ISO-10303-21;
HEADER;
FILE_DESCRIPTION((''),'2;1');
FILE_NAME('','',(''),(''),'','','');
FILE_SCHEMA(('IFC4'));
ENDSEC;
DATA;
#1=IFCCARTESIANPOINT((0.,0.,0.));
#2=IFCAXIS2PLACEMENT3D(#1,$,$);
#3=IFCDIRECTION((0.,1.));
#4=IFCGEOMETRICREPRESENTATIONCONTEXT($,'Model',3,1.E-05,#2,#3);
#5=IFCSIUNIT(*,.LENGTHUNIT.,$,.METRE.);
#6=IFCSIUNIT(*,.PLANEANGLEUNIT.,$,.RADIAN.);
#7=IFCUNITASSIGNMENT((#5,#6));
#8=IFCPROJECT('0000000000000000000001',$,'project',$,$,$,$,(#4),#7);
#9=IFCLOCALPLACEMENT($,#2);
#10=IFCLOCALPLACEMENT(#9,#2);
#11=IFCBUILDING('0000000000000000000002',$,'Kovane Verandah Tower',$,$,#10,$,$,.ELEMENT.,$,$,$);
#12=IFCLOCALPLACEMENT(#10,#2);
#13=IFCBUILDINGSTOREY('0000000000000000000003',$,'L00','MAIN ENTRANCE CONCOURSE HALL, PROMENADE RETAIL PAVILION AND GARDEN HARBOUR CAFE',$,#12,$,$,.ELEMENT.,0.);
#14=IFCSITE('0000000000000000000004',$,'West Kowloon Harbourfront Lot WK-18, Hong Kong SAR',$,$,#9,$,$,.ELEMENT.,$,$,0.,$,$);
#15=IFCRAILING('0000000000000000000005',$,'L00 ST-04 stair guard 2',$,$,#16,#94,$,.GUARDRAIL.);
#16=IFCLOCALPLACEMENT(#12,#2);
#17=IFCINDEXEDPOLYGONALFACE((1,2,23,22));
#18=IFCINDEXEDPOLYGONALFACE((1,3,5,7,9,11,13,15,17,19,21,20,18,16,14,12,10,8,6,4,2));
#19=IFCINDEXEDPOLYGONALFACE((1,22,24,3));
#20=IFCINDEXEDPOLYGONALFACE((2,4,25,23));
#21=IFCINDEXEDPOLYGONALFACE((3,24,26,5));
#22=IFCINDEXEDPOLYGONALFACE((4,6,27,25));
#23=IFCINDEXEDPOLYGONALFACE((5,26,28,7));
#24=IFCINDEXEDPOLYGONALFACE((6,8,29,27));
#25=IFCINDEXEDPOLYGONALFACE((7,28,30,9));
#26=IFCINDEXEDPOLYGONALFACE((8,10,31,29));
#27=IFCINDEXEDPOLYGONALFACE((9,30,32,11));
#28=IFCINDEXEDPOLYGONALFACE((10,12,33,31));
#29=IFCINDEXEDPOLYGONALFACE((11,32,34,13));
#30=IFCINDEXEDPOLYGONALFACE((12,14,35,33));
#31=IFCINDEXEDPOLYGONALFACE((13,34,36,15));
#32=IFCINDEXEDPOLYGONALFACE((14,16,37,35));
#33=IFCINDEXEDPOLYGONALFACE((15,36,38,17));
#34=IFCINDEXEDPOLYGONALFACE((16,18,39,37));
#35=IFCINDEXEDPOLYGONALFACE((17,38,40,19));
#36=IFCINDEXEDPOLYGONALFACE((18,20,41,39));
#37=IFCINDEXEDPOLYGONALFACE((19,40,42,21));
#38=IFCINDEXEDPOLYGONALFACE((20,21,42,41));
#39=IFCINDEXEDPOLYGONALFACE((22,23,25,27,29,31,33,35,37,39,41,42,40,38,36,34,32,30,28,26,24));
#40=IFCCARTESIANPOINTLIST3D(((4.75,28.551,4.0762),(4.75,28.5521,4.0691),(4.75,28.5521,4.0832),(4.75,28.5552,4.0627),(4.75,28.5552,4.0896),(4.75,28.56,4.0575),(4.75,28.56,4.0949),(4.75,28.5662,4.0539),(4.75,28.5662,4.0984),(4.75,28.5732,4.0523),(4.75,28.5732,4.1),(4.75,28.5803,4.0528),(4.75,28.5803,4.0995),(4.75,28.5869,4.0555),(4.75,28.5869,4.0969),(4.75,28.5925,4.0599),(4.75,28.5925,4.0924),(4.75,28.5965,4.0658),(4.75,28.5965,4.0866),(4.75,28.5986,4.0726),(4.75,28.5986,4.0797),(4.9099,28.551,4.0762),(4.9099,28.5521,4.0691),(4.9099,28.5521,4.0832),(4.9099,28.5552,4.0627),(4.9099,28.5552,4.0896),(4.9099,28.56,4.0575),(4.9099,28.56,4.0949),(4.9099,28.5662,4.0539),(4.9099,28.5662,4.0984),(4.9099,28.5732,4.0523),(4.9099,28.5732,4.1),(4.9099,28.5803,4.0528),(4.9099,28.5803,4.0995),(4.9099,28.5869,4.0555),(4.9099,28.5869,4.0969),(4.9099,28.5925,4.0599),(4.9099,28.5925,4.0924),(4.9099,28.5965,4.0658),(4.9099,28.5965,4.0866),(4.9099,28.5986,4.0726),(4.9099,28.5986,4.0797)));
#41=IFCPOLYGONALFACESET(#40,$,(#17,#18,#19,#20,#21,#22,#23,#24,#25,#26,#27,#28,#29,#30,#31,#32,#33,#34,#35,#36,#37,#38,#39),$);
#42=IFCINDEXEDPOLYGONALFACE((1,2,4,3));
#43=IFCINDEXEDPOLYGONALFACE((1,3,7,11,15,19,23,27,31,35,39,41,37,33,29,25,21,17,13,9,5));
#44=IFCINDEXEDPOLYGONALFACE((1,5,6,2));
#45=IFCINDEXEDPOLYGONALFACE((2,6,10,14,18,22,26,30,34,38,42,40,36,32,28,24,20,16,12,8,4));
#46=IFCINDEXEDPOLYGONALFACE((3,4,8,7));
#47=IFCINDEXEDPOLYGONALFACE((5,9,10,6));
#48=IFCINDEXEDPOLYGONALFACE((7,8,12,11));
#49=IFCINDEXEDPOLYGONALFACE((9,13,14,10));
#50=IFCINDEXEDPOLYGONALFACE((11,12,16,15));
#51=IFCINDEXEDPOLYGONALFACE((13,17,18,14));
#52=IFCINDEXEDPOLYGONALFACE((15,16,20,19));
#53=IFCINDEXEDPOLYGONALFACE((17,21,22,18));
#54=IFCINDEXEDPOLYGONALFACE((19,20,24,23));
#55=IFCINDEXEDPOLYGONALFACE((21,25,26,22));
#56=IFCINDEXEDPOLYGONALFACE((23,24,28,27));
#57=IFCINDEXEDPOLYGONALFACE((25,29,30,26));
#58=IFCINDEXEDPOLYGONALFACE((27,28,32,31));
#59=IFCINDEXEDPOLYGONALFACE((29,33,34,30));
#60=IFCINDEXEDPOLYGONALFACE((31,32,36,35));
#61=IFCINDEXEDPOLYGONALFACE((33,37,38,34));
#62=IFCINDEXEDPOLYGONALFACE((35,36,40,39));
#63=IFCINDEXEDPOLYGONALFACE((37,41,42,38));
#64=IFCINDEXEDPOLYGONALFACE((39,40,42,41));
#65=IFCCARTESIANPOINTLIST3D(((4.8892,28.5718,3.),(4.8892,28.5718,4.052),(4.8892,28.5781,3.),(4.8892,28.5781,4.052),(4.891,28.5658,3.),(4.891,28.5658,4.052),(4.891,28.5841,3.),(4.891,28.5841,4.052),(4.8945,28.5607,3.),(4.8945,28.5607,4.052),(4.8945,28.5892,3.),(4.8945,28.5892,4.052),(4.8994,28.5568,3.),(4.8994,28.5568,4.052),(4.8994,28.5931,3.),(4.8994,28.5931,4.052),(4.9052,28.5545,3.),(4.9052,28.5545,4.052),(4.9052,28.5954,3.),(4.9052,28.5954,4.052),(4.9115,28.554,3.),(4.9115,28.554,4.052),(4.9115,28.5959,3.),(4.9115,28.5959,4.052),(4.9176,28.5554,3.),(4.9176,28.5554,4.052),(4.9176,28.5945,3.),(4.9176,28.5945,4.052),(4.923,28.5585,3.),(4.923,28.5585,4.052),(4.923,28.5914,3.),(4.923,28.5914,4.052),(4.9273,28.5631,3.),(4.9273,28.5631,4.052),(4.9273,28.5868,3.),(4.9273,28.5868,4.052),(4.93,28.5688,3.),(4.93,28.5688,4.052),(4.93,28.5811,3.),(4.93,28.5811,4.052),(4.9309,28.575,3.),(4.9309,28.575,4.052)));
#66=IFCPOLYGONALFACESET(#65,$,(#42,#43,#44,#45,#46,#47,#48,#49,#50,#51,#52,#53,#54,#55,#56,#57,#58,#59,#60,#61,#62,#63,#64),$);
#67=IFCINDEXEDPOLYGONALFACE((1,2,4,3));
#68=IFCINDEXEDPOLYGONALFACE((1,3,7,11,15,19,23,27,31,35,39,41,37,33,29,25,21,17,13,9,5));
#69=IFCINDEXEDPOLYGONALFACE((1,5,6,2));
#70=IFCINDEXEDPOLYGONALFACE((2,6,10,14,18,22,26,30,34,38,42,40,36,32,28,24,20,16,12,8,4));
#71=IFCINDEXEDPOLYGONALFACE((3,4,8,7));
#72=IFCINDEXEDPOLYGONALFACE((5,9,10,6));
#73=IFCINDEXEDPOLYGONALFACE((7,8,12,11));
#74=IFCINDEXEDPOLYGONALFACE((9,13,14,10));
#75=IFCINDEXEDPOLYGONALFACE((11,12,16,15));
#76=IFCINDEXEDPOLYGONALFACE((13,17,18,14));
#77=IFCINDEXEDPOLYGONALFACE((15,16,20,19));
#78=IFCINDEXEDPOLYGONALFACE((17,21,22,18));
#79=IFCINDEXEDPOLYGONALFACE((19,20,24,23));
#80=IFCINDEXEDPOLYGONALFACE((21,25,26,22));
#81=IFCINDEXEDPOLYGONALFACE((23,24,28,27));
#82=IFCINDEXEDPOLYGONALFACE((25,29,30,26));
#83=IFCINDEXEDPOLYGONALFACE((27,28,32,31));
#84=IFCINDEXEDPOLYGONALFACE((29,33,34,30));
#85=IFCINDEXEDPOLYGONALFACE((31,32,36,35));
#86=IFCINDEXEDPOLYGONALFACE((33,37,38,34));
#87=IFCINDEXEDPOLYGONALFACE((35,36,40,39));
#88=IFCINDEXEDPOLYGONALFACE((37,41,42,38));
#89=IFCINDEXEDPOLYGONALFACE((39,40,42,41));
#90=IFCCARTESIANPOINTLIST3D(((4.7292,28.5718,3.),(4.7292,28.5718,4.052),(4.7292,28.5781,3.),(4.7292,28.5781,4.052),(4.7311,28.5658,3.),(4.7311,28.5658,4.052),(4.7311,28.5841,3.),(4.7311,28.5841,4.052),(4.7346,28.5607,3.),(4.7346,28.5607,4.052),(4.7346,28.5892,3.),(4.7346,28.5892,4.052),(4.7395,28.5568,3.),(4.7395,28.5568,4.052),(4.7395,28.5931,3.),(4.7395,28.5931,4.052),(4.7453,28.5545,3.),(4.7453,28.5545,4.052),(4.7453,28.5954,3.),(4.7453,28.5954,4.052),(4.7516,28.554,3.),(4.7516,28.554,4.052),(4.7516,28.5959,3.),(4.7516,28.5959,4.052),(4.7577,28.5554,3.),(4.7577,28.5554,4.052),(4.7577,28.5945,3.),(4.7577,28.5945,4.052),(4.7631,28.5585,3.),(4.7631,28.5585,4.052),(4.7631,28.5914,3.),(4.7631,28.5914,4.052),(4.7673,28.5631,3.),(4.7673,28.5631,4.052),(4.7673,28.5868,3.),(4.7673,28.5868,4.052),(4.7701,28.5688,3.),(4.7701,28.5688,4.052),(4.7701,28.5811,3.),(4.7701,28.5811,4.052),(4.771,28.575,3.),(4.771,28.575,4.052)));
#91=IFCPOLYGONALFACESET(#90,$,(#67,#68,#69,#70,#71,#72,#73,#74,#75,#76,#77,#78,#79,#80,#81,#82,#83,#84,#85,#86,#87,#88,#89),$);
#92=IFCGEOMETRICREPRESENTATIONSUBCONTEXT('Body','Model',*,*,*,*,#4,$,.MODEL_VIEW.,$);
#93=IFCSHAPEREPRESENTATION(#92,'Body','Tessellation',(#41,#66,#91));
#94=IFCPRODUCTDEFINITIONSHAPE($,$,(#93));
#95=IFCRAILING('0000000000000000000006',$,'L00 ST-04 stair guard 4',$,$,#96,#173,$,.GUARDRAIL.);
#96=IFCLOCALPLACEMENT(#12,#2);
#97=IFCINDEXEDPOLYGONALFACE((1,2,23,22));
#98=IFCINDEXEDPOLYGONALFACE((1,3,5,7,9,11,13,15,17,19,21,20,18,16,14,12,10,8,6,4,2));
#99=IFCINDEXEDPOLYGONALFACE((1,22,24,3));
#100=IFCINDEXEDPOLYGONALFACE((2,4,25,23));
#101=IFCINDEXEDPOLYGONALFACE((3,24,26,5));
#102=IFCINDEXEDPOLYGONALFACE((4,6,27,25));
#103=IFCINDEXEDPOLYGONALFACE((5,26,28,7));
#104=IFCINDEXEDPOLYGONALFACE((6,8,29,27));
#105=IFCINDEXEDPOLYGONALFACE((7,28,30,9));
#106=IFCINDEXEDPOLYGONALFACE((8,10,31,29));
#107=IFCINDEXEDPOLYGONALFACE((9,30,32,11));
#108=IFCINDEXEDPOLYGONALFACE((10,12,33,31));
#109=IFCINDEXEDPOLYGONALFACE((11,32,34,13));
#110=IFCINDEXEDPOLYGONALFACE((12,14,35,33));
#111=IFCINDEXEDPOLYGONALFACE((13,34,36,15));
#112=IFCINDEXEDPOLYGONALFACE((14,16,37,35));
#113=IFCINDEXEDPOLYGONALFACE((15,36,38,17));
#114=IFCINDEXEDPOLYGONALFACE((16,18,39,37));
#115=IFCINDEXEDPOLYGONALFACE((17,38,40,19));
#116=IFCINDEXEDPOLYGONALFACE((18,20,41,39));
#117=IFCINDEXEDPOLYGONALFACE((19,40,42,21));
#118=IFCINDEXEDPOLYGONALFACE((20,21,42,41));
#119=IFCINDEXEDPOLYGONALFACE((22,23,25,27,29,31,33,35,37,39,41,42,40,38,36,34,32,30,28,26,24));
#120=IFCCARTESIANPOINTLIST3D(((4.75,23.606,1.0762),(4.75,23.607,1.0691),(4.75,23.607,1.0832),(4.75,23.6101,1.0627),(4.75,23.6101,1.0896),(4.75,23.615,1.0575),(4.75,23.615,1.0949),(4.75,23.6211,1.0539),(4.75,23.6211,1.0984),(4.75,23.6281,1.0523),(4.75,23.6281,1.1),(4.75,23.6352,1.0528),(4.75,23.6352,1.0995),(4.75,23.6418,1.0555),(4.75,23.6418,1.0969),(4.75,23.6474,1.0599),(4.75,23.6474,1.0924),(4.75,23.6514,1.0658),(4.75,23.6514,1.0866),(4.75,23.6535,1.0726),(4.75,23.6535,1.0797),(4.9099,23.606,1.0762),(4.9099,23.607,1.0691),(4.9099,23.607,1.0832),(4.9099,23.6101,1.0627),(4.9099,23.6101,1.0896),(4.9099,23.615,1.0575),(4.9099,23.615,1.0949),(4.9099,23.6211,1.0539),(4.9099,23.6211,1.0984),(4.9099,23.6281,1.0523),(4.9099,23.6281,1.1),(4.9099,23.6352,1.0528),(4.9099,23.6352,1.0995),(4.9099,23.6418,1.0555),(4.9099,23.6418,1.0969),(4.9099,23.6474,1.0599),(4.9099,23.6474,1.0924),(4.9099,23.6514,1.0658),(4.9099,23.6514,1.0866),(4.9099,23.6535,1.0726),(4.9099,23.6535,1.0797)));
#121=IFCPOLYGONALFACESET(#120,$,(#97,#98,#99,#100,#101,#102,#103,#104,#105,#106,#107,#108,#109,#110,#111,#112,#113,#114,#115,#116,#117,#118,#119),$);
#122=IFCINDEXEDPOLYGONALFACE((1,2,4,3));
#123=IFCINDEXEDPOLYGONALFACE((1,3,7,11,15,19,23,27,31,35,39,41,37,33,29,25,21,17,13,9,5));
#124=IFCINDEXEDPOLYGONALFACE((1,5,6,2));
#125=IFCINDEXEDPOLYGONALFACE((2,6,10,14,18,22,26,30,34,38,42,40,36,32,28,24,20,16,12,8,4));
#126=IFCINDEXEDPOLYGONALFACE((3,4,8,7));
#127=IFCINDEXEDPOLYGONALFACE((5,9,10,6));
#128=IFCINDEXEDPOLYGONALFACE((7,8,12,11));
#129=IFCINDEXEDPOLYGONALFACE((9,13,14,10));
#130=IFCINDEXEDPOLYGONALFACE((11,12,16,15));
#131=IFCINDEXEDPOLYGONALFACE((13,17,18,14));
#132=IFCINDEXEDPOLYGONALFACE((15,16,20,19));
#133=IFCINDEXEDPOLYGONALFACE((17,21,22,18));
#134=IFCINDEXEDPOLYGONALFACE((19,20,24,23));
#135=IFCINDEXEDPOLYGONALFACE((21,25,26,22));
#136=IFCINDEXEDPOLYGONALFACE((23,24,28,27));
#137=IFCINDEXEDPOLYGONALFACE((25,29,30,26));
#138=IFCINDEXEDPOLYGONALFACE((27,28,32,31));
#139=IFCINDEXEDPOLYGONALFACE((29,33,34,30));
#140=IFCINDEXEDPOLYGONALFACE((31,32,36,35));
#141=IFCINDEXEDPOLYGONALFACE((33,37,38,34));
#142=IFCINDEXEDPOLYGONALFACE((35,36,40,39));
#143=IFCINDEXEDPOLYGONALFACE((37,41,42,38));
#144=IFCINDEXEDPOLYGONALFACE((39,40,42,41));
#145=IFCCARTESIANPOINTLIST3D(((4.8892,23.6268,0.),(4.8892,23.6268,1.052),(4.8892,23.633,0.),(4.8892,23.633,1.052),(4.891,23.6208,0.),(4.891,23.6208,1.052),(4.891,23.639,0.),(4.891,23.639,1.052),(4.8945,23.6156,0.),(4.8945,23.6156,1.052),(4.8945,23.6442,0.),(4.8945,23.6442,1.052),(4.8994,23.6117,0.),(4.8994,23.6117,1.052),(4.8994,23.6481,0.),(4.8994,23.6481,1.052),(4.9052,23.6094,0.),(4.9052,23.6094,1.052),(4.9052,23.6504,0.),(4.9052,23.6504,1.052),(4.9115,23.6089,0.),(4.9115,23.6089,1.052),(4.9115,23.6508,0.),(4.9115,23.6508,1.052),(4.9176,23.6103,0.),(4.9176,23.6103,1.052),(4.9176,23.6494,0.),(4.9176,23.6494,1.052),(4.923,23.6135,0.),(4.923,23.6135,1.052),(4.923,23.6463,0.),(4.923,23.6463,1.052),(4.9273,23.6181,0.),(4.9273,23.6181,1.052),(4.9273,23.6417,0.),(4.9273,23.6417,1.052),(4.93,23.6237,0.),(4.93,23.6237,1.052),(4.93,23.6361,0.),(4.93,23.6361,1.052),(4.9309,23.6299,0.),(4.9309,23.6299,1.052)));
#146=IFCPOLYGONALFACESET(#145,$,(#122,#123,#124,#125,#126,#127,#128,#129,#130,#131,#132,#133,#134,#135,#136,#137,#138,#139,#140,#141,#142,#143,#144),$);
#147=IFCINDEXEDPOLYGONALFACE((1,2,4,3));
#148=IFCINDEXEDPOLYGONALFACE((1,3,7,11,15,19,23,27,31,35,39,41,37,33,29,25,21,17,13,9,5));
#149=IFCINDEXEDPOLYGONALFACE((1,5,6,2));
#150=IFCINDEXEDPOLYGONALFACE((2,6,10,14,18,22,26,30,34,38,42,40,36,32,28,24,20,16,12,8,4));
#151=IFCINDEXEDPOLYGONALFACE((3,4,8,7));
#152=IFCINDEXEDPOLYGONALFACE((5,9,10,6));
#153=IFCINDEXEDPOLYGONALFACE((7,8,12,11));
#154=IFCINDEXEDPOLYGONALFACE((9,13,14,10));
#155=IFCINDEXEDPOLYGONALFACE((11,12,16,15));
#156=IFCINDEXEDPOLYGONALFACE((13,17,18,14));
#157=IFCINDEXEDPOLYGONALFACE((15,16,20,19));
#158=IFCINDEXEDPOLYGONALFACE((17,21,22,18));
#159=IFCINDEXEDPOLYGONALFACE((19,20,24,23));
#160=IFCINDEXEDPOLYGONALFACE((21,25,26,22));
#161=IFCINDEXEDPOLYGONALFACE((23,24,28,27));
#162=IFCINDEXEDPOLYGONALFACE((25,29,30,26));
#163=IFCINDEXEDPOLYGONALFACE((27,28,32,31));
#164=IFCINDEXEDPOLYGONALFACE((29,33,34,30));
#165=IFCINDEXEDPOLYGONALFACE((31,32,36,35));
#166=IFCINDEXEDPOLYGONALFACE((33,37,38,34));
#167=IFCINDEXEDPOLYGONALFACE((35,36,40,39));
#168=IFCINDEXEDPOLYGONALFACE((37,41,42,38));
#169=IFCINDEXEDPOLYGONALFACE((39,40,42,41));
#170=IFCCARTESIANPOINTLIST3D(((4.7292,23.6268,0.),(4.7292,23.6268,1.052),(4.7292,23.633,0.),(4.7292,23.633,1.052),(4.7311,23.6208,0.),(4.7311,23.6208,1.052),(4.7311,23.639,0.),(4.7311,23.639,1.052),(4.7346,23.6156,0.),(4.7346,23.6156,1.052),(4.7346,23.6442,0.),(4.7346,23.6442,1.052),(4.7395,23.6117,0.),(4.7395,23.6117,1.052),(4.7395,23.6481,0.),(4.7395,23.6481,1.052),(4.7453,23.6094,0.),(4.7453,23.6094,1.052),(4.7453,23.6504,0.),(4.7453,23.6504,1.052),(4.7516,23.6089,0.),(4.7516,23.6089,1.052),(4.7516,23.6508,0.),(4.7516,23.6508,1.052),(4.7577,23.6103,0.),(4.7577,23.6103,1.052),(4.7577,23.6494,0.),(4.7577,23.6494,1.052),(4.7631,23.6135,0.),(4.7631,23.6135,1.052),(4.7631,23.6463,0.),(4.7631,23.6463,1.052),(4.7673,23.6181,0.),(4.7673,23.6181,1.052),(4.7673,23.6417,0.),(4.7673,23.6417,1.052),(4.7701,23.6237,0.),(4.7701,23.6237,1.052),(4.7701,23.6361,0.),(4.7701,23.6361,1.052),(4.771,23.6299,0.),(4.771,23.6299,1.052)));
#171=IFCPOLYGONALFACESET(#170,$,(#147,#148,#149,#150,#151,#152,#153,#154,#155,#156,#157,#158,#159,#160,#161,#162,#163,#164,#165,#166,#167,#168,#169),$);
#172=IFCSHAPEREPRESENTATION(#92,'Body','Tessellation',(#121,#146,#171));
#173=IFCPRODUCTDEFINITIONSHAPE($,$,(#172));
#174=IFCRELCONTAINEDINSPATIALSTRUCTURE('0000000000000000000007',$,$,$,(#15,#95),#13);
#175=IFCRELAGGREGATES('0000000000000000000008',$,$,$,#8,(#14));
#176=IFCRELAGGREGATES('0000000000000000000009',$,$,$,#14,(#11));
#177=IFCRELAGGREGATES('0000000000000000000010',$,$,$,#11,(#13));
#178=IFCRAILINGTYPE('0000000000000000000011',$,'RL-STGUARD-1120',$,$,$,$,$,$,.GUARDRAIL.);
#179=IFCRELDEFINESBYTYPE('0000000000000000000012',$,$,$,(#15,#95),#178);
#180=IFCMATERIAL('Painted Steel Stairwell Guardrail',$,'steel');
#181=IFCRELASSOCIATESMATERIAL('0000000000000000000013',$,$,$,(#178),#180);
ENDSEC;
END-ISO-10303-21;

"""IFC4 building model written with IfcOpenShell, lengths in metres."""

from ifc_helpers import new_model, si_unit, direction, frame, origin, origin_2d, place, context, subcontext, project, spatial, circle, extrude, material, type_object, element, save


model = new_model("IFC4")

# Units and contexts
model_context = context("Model", 3, precision=1e-05, world=origin(), true_north=direction((0.0, 1.0)))
body_context = subcontext(model_context, "Body", "Model", "MODEL_VIEW")
ifc_project = project(units=[si_unit("LENGTHUNIT", "METRE"), si_unit("PLANEANGLEUNIT", "RADIAN")], contexts=[model_context])

# Site, building, storey
site_placement = place(None, origin())
site = spatial("IfcSite", under=ifc_project, at=site_placement, Name="West Kowloon Harbourfront Lot WK-18, Hong Kong SAR", CompositionType="ELEMENT", RefElevation=0.0)
building_placement = place(site_placement, origin())
building = spatial("IfcBuilding", under=site, at=building_placement, Name="Kovane Verandah Tower", CompositionType="ELEMENT")
storey_placement = place(building_placement, origin())
storey = spatial("IfcBuildingStorey", under=building, at=storey_placement, Name="L00", Description="MAIN ENTRANCE CONCOURSE HALL, PROMENADE RETAIL PAVILION AND GARDEN HARBOUR CAFE", CompositionType="ELEMENT", Elevation=0.0)

# Railings
ifc_material_1 = material(Name="Painted Steel Stairwell Guardrail", Category="steel")
railing_type_1 = type_object("IfcRailingType", Name="RL-STGUARD-1120", PredefinedType="GUARDRAIL", material=ifc_material_1)
railing_1_placement = place(storey_placement, frame((4.9099, 28.575, 3.0)))
element("IfcRailing", 1, at=railing_1_placement, inside=storey, type_object=railing_type_1, Name="L00 ST-04 stair guard 2", PredefinedType="GUARDRAIL", context=body_context, shape_type="SweptSolid", body=[
    extrude(circle(Radius=0.0239, at=origin_2d()), frame((0.0, 0.0, 1.0762), z_axis=(-1.0, 0.0, 0.0), x_axis=(0.0, -1.0, 0.0)), (0.0, 0.0, 1.0), 0.1599),
    extrude(circle(Radius=0.021, at=origin_2d()), origin(), (0.0, 0.0, 1.0), 1.052),
    extrude(circle(Radius=0.021, at=origin_2d()), frame((-0.1599, 0.0, 0.0)), (0.0, 0.0, 1.0), 1.052),
])
railing_2_placement = place(storey_placement, frame((4.9099, 23.6299, 0.0)))
element("IfcRailing", 2, at=railing_2_placement, inside=storey, type_object=railing_type_1, Name="L00 ST-04 stair guard 4", PredefinedType="GUARDRAIL", context=body_context, shape_type="SweptSolid", body=[
    extrude(circle(Radius=0.0239, at=origin_2d()), frame((0.0, 0.0, 1.0762), z_axis=(-1.0, 0.0, 0.0), x_axis=(0.0, -1.0, 0.0)), (0.0, 0.0, 1.0), 0.1599),
    extrude(circle(Radius=0.021, at=origin_2d()), origin(), (0.0, 0.0, 1.0), 1.052),
    extrude(circle(Radius=0.021, at=origin_2d()), frame((-0.1599, 0.0, 0.0)), (0.0, 0.0, 1.0), 1.052),
])

save(model, "model.ifc")
